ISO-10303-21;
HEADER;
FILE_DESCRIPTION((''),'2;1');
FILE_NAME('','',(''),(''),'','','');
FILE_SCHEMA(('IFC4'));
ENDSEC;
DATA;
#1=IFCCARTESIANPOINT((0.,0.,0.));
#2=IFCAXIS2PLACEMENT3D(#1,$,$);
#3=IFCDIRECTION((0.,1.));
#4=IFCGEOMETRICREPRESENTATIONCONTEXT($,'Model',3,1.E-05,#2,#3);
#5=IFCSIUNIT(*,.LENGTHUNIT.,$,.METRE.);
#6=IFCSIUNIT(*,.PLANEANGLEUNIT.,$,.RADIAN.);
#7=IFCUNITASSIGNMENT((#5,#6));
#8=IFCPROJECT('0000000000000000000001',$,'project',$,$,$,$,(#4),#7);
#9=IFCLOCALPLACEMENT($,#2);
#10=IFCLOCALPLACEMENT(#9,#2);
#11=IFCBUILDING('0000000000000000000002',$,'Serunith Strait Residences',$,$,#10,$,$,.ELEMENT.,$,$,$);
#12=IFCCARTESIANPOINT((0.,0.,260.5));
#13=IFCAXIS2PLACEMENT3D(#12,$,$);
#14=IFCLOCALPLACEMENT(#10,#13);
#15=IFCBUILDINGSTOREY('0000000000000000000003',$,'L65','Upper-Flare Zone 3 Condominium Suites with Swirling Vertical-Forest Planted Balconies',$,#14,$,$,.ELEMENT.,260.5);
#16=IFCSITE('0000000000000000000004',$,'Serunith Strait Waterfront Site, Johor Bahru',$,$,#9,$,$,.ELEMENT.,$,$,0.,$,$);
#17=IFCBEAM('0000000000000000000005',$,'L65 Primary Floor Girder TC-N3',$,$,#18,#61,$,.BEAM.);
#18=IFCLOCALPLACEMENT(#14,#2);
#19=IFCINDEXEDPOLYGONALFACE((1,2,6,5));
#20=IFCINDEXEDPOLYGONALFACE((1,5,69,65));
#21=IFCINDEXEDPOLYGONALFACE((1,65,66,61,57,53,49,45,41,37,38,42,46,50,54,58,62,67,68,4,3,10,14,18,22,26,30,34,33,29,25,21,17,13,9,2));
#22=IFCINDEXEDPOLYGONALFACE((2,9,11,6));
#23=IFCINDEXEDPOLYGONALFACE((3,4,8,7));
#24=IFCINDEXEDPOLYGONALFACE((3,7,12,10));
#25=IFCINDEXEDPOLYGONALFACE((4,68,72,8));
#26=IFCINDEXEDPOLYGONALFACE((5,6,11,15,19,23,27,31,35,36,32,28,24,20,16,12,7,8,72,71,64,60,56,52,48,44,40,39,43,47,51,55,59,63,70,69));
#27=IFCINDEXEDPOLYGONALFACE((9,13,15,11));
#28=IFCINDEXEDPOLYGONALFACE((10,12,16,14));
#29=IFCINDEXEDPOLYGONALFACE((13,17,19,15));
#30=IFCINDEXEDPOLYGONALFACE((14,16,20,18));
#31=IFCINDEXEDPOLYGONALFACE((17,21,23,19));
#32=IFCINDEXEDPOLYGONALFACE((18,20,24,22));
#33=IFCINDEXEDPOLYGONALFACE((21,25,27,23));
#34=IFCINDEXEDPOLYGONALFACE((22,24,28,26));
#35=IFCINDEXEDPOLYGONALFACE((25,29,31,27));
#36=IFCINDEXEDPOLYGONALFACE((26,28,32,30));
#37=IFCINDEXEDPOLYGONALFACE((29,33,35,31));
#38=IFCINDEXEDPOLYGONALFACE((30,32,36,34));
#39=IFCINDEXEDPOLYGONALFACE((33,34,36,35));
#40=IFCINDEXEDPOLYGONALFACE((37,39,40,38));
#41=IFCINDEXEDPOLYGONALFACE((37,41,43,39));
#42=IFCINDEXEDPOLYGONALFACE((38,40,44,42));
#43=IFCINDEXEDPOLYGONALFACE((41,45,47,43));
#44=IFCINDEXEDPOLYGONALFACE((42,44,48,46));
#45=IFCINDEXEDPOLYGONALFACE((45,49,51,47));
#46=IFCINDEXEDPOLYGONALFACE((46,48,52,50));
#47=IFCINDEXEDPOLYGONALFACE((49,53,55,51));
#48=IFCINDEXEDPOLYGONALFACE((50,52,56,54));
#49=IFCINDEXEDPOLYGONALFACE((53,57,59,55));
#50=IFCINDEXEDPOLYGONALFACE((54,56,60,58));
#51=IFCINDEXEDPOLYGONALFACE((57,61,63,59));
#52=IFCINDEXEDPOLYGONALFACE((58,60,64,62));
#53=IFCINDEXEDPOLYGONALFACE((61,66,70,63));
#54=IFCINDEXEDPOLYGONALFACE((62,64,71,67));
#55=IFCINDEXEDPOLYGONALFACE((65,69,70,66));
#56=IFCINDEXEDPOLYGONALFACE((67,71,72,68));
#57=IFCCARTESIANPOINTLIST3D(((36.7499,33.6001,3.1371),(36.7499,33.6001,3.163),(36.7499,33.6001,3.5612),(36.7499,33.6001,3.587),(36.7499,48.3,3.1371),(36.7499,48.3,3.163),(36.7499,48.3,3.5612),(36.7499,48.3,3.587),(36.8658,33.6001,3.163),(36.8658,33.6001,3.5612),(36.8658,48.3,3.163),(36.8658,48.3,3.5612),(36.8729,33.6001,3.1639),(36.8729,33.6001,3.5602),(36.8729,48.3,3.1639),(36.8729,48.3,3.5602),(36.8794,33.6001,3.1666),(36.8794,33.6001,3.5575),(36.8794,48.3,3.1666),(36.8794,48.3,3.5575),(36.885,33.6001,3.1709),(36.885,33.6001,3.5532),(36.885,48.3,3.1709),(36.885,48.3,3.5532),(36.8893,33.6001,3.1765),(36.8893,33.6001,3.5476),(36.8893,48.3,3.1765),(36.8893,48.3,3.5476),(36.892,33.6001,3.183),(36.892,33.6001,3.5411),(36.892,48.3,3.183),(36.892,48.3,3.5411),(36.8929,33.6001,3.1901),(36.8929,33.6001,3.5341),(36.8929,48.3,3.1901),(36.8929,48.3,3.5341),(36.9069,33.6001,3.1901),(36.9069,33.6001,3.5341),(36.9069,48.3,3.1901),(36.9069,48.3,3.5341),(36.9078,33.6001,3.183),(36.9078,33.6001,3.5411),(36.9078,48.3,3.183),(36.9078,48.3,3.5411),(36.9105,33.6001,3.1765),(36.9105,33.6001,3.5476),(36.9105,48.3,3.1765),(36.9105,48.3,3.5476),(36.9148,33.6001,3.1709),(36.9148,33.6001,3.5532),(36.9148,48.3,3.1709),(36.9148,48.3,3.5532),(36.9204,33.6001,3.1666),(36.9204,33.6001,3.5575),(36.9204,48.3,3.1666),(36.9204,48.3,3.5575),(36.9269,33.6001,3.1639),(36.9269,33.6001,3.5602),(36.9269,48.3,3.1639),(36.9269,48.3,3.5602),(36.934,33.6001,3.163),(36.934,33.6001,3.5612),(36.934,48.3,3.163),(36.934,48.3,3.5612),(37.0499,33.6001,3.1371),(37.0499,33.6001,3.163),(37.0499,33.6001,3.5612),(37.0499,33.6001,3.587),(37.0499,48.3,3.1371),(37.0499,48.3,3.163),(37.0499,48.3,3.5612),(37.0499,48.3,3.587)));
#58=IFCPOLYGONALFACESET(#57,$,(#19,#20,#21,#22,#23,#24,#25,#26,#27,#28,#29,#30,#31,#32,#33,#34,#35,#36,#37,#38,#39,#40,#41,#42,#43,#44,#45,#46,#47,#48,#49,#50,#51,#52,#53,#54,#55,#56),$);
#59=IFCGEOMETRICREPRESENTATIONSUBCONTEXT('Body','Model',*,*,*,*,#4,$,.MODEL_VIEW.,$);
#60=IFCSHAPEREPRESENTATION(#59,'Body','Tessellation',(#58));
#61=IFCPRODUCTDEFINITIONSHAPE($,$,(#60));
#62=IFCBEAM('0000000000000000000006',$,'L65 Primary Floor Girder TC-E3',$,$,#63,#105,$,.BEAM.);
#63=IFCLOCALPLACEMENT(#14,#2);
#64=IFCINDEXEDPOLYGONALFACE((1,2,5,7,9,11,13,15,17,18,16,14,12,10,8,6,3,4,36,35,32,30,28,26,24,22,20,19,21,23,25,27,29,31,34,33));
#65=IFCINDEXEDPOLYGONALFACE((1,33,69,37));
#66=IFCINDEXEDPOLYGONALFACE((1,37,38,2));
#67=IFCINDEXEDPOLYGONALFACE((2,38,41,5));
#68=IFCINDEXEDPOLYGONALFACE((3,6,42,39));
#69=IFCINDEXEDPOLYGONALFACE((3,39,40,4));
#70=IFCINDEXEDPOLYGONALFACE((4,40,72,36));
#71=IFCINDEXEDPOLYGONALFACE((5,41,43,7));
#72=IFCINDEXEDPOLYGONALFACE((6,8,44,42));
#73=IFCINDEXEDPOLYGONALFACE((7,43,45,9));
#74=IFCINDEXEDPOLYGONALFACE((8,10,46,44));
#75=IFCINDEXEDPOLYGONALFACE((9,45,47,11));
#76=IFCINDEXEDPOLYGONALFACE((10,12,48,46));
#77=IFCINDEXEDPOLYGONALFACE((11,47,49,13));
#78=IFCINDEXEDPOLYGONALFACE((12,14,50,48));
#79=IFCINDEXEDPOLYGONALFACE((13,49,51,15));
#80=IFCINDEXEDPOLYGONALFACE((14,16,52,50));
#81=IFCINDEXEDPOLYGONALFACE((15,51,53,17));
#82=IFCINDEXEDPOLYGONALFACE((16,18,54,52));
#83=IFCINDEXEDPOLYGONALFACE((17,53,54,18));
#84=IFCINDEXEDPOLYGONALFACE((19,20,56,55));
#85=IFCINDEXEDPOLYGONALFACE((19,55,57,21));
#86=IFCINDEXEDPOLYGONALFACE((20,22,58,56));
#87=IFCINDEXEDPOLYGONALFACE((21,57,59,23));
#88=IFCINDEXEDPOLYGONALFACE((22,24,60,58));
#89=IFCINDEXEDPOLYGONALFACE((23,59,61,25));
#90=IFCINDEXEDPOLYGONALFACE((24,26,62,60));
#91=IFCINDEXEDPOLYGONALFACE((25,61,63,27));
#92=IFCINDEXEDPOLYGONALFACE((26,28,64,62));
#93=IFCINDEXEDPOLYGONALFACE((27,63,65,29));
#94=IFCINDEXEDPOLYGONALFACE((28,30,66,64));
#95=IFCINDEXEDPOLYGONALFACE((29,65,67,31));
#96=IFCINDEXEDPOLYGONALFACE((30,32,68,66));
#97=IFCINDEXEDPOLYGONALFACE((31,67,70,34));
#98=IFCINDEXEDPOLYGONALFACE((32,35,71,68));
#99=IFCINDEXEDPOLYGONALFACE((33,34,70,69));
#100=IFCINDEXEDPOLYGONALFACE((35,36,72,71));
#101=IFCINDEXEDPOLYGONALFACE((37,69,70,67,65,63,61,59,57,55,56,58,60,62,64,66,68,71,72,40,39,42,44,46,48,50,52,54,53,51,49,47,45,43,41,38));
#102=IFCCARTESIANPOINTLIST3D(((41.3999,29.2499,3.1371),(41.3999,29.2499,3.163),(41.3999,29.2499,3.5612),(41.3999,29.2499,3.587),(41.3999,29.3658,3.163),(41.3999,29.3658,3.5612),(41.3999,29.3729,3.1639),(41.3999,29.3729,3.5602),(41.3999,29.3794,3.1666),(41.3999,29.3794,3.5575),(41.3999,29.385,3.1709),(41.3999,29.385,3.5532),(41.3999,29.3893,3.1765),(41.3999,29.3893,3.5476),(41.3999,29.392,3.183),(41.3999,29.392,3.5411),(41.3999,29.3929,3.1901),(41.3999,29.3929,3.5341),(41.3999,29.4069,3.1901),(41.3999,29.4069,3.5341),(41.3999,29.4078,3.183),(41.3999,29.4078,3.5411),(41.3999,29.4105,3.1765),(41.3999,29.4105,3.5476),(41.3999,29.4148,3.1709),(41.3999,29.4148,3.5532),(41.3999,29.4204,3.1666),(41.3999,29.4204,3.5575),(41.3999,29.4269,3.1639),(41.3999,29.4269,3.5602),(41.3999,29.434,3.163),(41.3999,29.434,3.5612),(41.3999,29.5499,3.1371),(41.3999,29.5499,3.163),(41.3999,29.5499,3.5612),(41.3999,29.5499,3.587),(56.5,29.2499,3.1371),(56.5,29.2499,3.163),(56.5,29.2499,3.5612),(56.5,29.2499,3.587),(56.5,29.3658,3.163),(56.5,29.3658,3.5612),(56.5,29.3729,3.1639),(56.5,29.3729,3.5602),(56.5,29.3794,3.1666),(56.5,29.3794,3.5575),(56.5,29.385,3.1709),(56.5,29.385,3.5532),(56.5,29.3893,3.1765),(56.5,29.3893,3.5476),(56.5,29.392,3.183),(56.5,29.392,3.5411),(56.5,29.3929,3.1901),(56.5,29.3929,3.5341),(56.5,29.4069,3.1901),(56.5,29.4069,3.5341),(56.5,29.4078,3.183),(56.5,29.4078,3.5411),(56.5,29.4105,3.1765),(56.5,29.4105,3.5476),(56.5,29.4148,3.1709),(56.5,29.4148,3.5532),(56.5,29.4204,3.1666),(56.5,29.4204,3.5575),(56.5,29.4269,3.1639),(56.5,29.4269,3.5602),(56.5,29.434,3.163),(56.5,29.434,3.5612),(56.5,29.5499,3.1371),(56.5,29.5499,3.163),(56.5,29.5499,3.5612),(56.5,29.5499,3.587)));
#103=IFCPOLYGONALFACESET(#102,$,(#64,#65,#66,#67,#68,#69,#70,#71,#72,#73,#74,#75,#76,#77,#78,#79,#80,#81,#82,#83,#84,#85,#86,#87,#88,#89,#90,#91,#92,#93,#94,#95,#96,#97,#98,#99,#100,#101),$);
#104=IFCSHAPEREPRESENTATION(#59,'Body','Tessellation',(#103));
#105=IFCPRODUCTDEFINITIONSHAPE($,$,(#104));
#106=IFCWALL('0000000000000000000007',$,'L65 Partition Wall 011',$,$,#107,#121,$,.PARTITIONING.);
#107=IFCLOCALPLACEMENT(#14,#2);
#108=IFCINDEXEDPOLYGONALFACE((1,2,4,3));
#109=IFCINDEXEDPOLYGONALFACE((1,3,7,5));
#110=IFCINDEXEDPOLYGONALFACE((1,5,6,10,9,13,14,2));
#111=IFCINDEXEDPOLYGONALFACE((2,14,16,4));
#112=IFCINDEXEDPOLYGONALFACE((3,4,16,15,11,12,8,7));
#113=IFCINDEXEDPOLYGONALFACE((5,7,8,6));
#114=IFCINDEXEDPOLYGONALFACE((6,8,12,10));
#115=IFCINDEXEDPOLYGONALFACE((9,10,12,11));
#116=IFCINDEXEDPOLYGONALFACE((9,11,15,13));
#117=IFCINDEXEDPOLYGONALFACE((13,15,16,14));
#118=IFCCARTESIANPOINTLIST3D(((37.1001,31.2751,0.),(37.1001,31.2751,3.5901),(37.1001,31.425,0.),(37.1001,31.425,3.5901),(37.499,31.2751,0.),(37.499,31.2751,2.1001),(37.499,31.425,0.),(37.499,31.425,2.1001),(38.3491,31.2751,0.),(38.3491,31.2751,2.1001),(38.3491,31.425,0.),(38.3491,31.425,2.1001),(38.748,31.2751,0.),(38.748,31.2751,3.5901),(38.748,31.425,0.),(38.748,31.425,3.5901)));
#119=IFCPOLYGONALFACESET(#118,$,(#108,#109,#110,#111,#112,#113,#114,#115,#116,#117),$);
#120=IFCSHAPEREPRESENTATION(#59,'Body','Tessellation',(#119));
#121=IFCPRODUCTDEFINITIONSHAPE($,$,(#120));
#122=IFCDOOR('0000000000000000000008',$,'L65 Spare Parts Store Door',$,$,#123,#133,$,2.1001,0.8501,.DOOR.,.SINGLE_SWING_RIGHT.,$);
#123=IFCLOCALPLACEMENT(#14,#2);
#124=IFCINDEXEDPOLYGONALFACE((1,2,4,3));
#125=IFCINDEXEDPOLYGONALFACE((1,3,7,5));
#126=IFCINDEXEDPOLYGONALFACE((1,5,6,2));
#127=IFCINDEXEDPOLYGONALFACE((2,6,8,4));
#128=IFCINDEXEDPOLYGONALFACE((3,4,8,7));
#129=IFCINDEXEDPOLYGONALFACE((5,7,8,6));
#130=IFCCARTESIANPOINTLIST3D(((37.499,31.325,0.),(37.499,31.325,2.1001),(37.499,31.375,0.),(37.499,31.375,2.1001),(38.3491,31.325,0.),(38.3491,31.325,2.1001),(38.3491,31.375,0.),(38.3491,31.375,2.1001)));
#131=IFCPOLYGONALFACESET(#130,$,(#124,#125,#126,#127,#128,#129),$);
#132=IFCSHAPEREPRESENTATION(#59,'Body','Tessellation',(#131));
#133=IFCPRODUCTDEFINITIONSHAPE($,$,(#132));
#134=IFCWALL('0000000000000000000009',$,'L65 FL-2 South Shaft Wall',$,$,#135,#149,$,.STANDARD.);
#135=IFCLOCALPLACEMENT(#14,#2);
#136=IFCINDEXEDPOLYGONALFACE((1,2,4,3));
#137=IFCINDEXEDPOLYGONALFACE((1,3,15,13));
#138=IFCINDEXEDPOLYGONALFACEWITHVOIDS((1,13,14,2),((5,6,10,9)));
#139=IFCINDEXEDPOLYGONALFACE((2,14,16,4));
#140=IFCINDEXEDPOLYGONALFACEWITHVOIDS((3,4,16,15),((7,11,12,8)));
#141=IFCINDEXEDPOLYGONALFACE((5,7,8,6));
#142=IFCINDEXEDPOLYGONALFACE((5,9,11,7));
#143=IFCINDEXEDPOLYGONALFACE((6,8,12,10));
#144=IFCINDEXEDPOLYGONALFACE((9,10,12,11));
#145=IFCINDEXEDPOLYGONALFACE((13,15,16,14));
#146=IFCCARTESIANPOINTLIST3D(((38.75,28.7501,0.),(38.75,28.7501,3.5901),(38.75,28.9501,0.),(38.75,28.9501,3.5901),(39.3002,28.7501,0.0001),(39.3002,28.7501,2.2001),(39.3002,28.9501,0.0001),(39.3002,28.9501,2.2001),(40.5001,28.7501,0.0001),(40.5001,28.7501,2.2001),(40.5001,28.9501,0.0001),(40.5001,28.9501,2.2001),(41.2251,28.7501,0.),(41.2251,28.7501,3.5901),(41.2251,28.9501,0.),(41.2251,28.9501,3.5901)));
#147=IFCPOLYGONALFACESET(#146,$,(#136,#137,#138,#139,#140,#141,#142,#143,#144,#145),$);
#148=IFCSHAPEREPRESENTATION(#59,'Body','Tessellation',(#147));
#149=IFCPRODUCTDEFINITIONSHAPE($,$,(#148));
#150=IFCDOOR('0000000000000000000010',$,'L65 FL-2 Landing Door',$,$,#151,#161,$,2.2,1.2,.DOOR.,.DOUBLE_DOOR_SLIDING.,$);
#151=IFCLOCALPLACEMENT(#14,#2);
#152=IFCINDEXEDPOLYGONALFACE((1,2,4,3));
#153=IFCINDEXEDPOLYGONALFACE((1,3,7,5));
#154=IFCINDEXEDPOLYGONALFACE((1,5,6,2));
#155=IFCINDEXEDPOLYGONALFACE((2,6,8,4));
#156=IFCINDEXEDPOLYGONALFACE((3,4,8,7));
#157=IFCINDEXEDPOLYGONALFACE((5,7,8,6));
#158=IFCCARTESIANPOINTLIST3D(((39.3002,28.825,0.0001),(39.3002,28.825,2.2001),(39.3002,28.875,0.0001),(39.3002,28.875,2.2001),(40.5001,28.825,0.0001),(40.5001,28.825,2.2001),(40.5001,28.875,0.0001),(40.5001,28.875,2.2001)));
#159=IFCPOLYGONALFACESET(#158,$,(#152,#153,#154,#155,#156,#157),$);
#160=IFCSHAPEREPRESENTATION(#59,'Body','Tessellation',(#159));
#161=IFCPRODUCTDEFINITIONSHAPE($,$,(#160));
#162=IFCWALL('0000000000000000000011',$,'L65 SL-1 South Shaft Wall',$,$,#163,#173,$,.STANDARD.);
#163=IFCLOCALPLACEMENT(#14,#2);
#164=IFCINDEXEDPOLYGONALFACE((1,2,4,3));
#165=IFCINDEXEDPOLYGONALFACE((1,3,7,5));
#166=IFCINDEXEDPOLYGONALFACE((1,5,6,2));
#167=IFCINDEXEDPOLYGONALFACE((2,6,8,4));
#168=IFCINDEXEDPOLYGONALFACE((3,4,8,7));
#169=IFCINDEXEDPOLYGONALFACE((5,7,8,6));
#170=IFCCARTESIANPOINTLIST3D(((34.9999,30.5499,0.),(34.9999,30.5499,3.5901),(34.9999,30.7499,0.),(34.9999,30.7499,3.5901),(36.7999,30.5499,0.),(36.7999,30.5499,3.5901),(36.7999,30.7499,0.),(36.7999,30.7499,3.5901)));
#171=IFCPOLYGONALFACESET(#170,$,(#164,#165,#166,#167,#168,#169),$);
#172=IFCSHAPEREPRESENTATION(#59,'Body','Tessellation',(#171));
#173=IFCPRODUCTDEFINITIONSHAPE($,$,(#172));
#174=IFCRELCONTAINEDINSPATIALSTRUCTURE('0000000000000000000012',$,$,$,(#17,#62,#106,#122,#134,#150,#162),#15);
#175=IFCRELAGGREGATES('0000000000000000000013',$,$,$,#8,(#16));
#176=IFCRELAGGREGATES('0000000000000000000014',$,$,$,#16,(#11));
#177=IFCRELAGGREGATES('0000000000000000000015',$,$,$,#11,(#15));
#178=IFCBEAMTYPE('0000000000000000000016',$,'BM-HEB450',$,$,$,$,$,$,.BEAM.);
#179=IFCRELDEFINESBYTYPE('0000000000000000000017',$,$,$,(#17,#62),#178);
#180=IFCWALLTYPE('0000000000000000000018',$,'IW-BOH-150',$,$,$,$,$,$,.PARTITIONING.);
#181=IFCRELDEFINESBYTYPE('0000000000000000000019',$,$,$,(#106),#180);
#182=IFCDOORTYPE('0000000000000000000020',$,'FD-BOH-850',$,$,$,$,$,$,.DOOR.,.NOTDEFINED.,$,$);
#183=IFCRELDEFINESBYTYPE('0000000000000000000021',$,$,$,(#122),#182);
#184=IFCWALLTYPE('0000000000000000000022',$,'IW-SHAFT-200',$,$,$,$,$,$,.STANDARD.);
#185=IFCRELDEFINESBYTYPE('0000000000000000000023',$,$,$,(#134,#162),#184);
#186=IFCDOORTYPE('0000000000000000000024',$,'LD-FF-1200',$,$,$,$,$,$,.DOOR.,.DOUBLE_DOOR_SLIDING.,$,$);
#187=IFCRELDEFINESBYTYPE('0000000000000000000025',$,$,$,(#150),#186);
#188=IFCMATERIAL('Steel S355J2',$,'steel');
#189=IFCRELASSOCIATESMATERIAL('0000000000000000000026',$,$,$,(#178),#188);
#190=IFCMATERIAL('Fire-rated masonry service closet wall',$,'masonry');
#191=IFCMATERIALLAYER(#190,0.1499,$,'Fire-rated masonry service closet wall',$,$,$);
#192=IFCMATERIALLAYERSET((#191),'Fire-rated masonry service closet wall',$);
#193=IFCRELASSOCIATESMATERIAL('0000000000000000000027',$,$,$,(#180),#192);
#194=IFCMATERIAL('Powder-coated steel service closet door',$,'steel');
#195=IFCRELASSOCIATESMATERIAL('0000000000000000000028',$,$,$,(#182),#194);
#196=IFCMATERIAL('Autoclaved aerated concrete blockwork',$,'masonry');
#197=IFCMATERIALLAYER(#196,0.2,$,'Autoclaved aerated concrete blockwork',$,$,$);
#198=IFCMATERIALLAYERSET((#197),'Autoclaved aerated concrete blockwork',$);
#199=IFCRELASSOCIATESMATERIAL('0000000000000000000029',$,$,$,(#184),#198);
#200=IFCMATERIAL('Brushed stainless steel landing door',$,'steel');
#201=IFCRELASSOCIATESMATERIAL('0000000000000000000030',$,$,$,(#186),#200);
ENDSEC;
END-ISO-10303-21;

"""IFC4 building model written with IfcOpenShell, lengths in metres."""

from ifc_helpers import new_model, si_unit, direction, frame, frame_2d, origin, origin_2d, place, context, subcontext, project, spatial, rectangle, i_section, extrude, source, transform, mapped, material, layer, layer_set, material_profile, profile_set, type_object, element, fill, save


model = new_model("IFC4")

# Units and contexts
model_context = context("Model", 3, precision=1e-05, world=origin(), true_north=direction((0.0, 1.0)))
body_context = subcontext(model_context, "Body", "Model", "MODEL_VIEW")
ifc_project = project(units=[si_unit("LENGTHUNIT", "METRE"), si_unit("PLANEANGLEUNIT", "RADIAN")], contexts=[model_context])

# Site, building, storey
site_placement = place(None, origin())
site = spatial("IfcSite", under=ifc_project, at=site_placement, Name="Serunith Strait Waterfront Site, Johor Bahru", CompositionType="ELEMENT", RefElevation=0.0)
building_placement = place(site_placement, origin())
building = spatial("IfcBuilding", under=site, at=building_placement, Name="Serunith Strait Residences", CompositionType="ELEMENT")
storey_placement = place(building_placement, frame((0.0, 0.0, 260.5)))
storey = spatial("IfcBuildingStorey", under=building, at=storey_placement, Name="L65", Description="Upper-Flare Zone 3 Condominium Suites with Swirling Vertical-Forest Planted Balconies", CompositionType="ELEMENT", Elevation=260.5)

# Beams
ifc_material_1 = material(Name="Steel S355J2", Category="steel")
ifc_material_profile = material_profile(ifc_material_1, i_section(OverallWidth=0.3, OverallDepth=0.45, WebThickness=0.0139, FlangeThickness=0.0259, FilletRadius=0.0271, at=origin_2d()), Name="HEB 450")
ifc_profile_set = profile_set([ifc_material_profile], Name="Steel S355J2")
beam_type = type_object("IfcBeamType", Name="BM-HEB450", PredefinedType="BEAM", material=ifc_profile_set)
shared_shape_1 = source(origin(), body_context, "Body", "SweptSolid", [
    extrude(i_section(OverallWidth=0.3, OverallDepth=0.45, WebThickness=0.0139, FlangeThickness=0.0259, FilletRadius=0.0271, at=origin_2d()), origin(), (0.0, 0.0, 1.0), 14.7),
])
beam_1_placement = place(storey_placement, frame((36.8999, 33.6001, 3.3621), z_axis=(0.0, 1.0, 0.0), x_axis=(-1.0, 0.0, 0.0)))
element("IfcBeam", 1, at=beam_1_placement, inside=storey, type_object=beam_type, Name="L65 Primary Floor Girder TC-N3", PredefinedType="BEAM", context=body_context, shape_type="MappedRepresentation", body=[
    mapped(shared_shape_1, transform((0.0, 0.0, 0.0), scale=1.0)),
])
shared_shape_2 = source(origin(), body_context, "Body", "SweptSolid", [
    extrude(i_section(OverallWidth=0.3, OverallDepth=0.45, WebThickness=0.0139, FlangeThickness=0.0259, FilletRadius=0.0271, at=origin_2d()), origin(), (0.0, 0.0, 1.0), 15.1001),
])
beam_2_placement = place(storey_placement, frame((41.3999, 29.3999, 3.3621), z_axis=(1.0, 0.0, 0.0), x_axis=(0.0, 1.0, 0.0)))
element("IfcBeam", 2, at=beam_2_placement, inside=storey, type_object=beam_type, Name="L65 Primary Floor Girder TC-E3", PredefinedType="BEAM", context=body_context, shape_type="MappedRepresentation", body=[
    mapped(shared_shape_2, transform((0.0, 0.0, 0.0), scale=1.0)),
])

# Walls, openings, doors
ifc_material_2 = material(Name="Fire-rated masonry service closet wall", Category="masonry")
ifc_layer_1 = layer(ifc_material_2, 0.1499, Name="Fire-rated masonry service closet wall")
ifc_layer_set_1 = layer_set([ifc_layer_1], Name="Fire-rated masonry service closet wall")
wall_type_1 = type_object("IfcWallType", Name="IW-BOH-150", PredefinedType="PARTITIONING", material=ifc_layer_set_1)
wall_1_placement = place(storey_placement, frame((37.1001, 31.3501, 0.0), z_axis=(0.0, 0.0, 1.0), x_axis=(1.0, 0.0, 0.0)))
wall_1 = element("IfcWall", 3, at=wall_1_placement, inside=storey, type_object=wall_type_1, Name="L65 Partition Wall 011", PredefinedType="PARTITIONING", context=body_context, shape_type="SweptSolid", body=[
    extrude(rectangle(XDim=1.6479, YDim=0.1499, at=frame_2d((0.824, 0.0))), origin(), (0.0, 0.0, 1.0), 3.5901),
])
opening_1_placement = place(wall_1_placement, frame((0.3989, 0.0, 0.0)))
opening_1 = element("IfcOpeningElement", 4, at=opening_1_placement, cuts=wall_1, PredefinedType="OPENING", context=body_context, shape_type="SweptSolid", body=[
    extrude(rectangle(XDim=0.8501, YDim=2.1001, at=frame_2d((0.425, 1.05))), frame((0.0, 0.085, 0.0), z_axis=(0.0, -1.0, 0.0), x_axis=(1.0, 0.0, 0.0)), (0.0, 0.0, 1.0), 0.1699),
])
ifc_material_3 = material(Name="Powder-coated steel service closet door", Category="steel")
door_type_1 = type_object("IfcDoorType", Name="FD-BOH-850", OperationType="NOTDEFINED", PredefinedType="DOOR", material=ifc_material_3)
shared_shape_3 = source(origin(), body_context, "Body", "SweptSolid", [
    extrude(rectangle(XDim=0.8501, YDim=2.1001, at=frame_2d((0.425, 1.05))), frame((0.0, 0.0249, 0.0), z_axis=(0.0, -1.0, 0.0), x_axis=(1.0, 0.0, 0.0)), (0.0, 0.0, 1.0), 0.05),
])
door_1_placement = place(opening_1_placement, origin())
door_1 = element("IfcDoor", 5, at=door_1_placement, inside=storey, type_object=door_type_1, Name="L65 Spare Parts Store Door", OperationType="SINGLE_SWING_RIGHT", OverallHeight=2.1001, OverallWidth=0.8501, PredefinedType="DOOR", context=body_context, shape_type="MappedRepresentation", body=[
    mapped(shared_shape_3, transform((0.0, 0.0, 0.0), scale=1.0)),
])
fill(opening_1, door_1)
ifc_material_4 = material(Name="Autoclaved aerated concrete blockwork", Category="masonry")
ifc_layer_2 = layer(ifc_material_4, 0.2, Name="Autoclaved aerated concrete blockwork")
ifc_layer_set_2 = layer_set([ifc_layer_2], Name="Autoclaved aerated concrete blockwork")
wall_type_2 = type_object("IfcWallType", Name="IW-SHAFT-200", PredefinedType="STANDARD", material=ifc_layer_set_2)
wall_2_placement = place(storey_placement, frame((38.75, 28.8501, 0.0), z_axis=(0.0, 0.0, 1.0), x_axis=(1.0, 0.0, 0.0)))
wall_2 = element("IfcWall", 6, at=wall_2_placement, inside=storey, type_object=wall_type_2, Name="L65 FL-2 South Shaft Wall", PredefinedType="STANDARD", context=body_context, shape_type="SweptSolid", body=[
    extrude(rectangle(XDim=2.4751, YDim=0.2, at=frame_2d((1.2375, 0.0))), origin(), (0.0, 0.0, 1.0), 3.5901),
])
opening_2_placement = place(wall_2_placement, frame((0.55, 0.0, 0.0)))
opening_2 = element("IfcOpeningElement", 7, at=opening_2_placement, cuts=wall_2, PredefinedType="OPENING", context=body_context, shape_type="SweptSolid", body=[
    extrude(rectangle(XDim=1.2, YDim=2.2, at=frame_2d((0.6001, 1.1001))), frame((0.0, 0.1099, 0.0), z_axis=(0.0, -1.0, 0.0), x_axis=(1.0, 0.0, 0.0)), (0.0, 0.0, 1.0), 0.22),
])
ifc_material_5 = material(Name="Brushed stainless steel landing door", Category="steel")
door_type_2 = type_object("IfcDoorType", Name="LD-FF-1200", OperationType="DOUBLE_DOOR_SLIDING", PredefinedType="DOOR", material=ifc_material_5)
shared_shape_4 = source(origin(), body_context, "Body", "SweptSolid", [
    extrude(rectangle(XDim=1.2, YDim=2.2, at=frame_2d((0.6001, 1.1001))), frame((0.0, 0.0249, 0.0), z_axis=(0.0, -1.0, 0.0), x_axis=(1.0, 0.0, 0.0)), (0.0, 0.0, 1.0), 0.05),
])
door_2_placement = place(opening_2_placement, origin())
door_2 = element("IfcDoor", 8, at=door_2_placement, inside=storey, type_object=door_type_2, Name="L65 FL-2 Landing Door", OperationType="DOUBLE_DOOR_SLIDING", OverallHeight=2.2, OverallWidth=1.2, PredefinedType="DOOR", context=body_context, shape_type="MappedRepresentation", body=[
    mapped(shared_shape_4, transform((0.0, 0.0, 0.0), scale=1.0)),
])
fill(opening_2, door_2)

# Wall
wall_3_placement = place(storey_placement, frame((35.0, 30.6499, 0.0), z_axis=(0.0, 0.0, 1.0), x_axis=(1.0, 0.0, 0.0)))
element("IfcWall", 9, at=wall_3_placement, inside=storey, type_object=wall_type_2, Name="L65 SL-1 South Shaft Wall", PredefinedType="STANDARD", context=body_context, shape_type="SweptSolid", body=[
    extrude(rectangle(XDim=1.8, YDim=0.2, at=frame_2d((0.8999, 0.0))), origin(), (0.0, 0.0, 1.0), 3.5901),
])

save(model, "model.ifc")
